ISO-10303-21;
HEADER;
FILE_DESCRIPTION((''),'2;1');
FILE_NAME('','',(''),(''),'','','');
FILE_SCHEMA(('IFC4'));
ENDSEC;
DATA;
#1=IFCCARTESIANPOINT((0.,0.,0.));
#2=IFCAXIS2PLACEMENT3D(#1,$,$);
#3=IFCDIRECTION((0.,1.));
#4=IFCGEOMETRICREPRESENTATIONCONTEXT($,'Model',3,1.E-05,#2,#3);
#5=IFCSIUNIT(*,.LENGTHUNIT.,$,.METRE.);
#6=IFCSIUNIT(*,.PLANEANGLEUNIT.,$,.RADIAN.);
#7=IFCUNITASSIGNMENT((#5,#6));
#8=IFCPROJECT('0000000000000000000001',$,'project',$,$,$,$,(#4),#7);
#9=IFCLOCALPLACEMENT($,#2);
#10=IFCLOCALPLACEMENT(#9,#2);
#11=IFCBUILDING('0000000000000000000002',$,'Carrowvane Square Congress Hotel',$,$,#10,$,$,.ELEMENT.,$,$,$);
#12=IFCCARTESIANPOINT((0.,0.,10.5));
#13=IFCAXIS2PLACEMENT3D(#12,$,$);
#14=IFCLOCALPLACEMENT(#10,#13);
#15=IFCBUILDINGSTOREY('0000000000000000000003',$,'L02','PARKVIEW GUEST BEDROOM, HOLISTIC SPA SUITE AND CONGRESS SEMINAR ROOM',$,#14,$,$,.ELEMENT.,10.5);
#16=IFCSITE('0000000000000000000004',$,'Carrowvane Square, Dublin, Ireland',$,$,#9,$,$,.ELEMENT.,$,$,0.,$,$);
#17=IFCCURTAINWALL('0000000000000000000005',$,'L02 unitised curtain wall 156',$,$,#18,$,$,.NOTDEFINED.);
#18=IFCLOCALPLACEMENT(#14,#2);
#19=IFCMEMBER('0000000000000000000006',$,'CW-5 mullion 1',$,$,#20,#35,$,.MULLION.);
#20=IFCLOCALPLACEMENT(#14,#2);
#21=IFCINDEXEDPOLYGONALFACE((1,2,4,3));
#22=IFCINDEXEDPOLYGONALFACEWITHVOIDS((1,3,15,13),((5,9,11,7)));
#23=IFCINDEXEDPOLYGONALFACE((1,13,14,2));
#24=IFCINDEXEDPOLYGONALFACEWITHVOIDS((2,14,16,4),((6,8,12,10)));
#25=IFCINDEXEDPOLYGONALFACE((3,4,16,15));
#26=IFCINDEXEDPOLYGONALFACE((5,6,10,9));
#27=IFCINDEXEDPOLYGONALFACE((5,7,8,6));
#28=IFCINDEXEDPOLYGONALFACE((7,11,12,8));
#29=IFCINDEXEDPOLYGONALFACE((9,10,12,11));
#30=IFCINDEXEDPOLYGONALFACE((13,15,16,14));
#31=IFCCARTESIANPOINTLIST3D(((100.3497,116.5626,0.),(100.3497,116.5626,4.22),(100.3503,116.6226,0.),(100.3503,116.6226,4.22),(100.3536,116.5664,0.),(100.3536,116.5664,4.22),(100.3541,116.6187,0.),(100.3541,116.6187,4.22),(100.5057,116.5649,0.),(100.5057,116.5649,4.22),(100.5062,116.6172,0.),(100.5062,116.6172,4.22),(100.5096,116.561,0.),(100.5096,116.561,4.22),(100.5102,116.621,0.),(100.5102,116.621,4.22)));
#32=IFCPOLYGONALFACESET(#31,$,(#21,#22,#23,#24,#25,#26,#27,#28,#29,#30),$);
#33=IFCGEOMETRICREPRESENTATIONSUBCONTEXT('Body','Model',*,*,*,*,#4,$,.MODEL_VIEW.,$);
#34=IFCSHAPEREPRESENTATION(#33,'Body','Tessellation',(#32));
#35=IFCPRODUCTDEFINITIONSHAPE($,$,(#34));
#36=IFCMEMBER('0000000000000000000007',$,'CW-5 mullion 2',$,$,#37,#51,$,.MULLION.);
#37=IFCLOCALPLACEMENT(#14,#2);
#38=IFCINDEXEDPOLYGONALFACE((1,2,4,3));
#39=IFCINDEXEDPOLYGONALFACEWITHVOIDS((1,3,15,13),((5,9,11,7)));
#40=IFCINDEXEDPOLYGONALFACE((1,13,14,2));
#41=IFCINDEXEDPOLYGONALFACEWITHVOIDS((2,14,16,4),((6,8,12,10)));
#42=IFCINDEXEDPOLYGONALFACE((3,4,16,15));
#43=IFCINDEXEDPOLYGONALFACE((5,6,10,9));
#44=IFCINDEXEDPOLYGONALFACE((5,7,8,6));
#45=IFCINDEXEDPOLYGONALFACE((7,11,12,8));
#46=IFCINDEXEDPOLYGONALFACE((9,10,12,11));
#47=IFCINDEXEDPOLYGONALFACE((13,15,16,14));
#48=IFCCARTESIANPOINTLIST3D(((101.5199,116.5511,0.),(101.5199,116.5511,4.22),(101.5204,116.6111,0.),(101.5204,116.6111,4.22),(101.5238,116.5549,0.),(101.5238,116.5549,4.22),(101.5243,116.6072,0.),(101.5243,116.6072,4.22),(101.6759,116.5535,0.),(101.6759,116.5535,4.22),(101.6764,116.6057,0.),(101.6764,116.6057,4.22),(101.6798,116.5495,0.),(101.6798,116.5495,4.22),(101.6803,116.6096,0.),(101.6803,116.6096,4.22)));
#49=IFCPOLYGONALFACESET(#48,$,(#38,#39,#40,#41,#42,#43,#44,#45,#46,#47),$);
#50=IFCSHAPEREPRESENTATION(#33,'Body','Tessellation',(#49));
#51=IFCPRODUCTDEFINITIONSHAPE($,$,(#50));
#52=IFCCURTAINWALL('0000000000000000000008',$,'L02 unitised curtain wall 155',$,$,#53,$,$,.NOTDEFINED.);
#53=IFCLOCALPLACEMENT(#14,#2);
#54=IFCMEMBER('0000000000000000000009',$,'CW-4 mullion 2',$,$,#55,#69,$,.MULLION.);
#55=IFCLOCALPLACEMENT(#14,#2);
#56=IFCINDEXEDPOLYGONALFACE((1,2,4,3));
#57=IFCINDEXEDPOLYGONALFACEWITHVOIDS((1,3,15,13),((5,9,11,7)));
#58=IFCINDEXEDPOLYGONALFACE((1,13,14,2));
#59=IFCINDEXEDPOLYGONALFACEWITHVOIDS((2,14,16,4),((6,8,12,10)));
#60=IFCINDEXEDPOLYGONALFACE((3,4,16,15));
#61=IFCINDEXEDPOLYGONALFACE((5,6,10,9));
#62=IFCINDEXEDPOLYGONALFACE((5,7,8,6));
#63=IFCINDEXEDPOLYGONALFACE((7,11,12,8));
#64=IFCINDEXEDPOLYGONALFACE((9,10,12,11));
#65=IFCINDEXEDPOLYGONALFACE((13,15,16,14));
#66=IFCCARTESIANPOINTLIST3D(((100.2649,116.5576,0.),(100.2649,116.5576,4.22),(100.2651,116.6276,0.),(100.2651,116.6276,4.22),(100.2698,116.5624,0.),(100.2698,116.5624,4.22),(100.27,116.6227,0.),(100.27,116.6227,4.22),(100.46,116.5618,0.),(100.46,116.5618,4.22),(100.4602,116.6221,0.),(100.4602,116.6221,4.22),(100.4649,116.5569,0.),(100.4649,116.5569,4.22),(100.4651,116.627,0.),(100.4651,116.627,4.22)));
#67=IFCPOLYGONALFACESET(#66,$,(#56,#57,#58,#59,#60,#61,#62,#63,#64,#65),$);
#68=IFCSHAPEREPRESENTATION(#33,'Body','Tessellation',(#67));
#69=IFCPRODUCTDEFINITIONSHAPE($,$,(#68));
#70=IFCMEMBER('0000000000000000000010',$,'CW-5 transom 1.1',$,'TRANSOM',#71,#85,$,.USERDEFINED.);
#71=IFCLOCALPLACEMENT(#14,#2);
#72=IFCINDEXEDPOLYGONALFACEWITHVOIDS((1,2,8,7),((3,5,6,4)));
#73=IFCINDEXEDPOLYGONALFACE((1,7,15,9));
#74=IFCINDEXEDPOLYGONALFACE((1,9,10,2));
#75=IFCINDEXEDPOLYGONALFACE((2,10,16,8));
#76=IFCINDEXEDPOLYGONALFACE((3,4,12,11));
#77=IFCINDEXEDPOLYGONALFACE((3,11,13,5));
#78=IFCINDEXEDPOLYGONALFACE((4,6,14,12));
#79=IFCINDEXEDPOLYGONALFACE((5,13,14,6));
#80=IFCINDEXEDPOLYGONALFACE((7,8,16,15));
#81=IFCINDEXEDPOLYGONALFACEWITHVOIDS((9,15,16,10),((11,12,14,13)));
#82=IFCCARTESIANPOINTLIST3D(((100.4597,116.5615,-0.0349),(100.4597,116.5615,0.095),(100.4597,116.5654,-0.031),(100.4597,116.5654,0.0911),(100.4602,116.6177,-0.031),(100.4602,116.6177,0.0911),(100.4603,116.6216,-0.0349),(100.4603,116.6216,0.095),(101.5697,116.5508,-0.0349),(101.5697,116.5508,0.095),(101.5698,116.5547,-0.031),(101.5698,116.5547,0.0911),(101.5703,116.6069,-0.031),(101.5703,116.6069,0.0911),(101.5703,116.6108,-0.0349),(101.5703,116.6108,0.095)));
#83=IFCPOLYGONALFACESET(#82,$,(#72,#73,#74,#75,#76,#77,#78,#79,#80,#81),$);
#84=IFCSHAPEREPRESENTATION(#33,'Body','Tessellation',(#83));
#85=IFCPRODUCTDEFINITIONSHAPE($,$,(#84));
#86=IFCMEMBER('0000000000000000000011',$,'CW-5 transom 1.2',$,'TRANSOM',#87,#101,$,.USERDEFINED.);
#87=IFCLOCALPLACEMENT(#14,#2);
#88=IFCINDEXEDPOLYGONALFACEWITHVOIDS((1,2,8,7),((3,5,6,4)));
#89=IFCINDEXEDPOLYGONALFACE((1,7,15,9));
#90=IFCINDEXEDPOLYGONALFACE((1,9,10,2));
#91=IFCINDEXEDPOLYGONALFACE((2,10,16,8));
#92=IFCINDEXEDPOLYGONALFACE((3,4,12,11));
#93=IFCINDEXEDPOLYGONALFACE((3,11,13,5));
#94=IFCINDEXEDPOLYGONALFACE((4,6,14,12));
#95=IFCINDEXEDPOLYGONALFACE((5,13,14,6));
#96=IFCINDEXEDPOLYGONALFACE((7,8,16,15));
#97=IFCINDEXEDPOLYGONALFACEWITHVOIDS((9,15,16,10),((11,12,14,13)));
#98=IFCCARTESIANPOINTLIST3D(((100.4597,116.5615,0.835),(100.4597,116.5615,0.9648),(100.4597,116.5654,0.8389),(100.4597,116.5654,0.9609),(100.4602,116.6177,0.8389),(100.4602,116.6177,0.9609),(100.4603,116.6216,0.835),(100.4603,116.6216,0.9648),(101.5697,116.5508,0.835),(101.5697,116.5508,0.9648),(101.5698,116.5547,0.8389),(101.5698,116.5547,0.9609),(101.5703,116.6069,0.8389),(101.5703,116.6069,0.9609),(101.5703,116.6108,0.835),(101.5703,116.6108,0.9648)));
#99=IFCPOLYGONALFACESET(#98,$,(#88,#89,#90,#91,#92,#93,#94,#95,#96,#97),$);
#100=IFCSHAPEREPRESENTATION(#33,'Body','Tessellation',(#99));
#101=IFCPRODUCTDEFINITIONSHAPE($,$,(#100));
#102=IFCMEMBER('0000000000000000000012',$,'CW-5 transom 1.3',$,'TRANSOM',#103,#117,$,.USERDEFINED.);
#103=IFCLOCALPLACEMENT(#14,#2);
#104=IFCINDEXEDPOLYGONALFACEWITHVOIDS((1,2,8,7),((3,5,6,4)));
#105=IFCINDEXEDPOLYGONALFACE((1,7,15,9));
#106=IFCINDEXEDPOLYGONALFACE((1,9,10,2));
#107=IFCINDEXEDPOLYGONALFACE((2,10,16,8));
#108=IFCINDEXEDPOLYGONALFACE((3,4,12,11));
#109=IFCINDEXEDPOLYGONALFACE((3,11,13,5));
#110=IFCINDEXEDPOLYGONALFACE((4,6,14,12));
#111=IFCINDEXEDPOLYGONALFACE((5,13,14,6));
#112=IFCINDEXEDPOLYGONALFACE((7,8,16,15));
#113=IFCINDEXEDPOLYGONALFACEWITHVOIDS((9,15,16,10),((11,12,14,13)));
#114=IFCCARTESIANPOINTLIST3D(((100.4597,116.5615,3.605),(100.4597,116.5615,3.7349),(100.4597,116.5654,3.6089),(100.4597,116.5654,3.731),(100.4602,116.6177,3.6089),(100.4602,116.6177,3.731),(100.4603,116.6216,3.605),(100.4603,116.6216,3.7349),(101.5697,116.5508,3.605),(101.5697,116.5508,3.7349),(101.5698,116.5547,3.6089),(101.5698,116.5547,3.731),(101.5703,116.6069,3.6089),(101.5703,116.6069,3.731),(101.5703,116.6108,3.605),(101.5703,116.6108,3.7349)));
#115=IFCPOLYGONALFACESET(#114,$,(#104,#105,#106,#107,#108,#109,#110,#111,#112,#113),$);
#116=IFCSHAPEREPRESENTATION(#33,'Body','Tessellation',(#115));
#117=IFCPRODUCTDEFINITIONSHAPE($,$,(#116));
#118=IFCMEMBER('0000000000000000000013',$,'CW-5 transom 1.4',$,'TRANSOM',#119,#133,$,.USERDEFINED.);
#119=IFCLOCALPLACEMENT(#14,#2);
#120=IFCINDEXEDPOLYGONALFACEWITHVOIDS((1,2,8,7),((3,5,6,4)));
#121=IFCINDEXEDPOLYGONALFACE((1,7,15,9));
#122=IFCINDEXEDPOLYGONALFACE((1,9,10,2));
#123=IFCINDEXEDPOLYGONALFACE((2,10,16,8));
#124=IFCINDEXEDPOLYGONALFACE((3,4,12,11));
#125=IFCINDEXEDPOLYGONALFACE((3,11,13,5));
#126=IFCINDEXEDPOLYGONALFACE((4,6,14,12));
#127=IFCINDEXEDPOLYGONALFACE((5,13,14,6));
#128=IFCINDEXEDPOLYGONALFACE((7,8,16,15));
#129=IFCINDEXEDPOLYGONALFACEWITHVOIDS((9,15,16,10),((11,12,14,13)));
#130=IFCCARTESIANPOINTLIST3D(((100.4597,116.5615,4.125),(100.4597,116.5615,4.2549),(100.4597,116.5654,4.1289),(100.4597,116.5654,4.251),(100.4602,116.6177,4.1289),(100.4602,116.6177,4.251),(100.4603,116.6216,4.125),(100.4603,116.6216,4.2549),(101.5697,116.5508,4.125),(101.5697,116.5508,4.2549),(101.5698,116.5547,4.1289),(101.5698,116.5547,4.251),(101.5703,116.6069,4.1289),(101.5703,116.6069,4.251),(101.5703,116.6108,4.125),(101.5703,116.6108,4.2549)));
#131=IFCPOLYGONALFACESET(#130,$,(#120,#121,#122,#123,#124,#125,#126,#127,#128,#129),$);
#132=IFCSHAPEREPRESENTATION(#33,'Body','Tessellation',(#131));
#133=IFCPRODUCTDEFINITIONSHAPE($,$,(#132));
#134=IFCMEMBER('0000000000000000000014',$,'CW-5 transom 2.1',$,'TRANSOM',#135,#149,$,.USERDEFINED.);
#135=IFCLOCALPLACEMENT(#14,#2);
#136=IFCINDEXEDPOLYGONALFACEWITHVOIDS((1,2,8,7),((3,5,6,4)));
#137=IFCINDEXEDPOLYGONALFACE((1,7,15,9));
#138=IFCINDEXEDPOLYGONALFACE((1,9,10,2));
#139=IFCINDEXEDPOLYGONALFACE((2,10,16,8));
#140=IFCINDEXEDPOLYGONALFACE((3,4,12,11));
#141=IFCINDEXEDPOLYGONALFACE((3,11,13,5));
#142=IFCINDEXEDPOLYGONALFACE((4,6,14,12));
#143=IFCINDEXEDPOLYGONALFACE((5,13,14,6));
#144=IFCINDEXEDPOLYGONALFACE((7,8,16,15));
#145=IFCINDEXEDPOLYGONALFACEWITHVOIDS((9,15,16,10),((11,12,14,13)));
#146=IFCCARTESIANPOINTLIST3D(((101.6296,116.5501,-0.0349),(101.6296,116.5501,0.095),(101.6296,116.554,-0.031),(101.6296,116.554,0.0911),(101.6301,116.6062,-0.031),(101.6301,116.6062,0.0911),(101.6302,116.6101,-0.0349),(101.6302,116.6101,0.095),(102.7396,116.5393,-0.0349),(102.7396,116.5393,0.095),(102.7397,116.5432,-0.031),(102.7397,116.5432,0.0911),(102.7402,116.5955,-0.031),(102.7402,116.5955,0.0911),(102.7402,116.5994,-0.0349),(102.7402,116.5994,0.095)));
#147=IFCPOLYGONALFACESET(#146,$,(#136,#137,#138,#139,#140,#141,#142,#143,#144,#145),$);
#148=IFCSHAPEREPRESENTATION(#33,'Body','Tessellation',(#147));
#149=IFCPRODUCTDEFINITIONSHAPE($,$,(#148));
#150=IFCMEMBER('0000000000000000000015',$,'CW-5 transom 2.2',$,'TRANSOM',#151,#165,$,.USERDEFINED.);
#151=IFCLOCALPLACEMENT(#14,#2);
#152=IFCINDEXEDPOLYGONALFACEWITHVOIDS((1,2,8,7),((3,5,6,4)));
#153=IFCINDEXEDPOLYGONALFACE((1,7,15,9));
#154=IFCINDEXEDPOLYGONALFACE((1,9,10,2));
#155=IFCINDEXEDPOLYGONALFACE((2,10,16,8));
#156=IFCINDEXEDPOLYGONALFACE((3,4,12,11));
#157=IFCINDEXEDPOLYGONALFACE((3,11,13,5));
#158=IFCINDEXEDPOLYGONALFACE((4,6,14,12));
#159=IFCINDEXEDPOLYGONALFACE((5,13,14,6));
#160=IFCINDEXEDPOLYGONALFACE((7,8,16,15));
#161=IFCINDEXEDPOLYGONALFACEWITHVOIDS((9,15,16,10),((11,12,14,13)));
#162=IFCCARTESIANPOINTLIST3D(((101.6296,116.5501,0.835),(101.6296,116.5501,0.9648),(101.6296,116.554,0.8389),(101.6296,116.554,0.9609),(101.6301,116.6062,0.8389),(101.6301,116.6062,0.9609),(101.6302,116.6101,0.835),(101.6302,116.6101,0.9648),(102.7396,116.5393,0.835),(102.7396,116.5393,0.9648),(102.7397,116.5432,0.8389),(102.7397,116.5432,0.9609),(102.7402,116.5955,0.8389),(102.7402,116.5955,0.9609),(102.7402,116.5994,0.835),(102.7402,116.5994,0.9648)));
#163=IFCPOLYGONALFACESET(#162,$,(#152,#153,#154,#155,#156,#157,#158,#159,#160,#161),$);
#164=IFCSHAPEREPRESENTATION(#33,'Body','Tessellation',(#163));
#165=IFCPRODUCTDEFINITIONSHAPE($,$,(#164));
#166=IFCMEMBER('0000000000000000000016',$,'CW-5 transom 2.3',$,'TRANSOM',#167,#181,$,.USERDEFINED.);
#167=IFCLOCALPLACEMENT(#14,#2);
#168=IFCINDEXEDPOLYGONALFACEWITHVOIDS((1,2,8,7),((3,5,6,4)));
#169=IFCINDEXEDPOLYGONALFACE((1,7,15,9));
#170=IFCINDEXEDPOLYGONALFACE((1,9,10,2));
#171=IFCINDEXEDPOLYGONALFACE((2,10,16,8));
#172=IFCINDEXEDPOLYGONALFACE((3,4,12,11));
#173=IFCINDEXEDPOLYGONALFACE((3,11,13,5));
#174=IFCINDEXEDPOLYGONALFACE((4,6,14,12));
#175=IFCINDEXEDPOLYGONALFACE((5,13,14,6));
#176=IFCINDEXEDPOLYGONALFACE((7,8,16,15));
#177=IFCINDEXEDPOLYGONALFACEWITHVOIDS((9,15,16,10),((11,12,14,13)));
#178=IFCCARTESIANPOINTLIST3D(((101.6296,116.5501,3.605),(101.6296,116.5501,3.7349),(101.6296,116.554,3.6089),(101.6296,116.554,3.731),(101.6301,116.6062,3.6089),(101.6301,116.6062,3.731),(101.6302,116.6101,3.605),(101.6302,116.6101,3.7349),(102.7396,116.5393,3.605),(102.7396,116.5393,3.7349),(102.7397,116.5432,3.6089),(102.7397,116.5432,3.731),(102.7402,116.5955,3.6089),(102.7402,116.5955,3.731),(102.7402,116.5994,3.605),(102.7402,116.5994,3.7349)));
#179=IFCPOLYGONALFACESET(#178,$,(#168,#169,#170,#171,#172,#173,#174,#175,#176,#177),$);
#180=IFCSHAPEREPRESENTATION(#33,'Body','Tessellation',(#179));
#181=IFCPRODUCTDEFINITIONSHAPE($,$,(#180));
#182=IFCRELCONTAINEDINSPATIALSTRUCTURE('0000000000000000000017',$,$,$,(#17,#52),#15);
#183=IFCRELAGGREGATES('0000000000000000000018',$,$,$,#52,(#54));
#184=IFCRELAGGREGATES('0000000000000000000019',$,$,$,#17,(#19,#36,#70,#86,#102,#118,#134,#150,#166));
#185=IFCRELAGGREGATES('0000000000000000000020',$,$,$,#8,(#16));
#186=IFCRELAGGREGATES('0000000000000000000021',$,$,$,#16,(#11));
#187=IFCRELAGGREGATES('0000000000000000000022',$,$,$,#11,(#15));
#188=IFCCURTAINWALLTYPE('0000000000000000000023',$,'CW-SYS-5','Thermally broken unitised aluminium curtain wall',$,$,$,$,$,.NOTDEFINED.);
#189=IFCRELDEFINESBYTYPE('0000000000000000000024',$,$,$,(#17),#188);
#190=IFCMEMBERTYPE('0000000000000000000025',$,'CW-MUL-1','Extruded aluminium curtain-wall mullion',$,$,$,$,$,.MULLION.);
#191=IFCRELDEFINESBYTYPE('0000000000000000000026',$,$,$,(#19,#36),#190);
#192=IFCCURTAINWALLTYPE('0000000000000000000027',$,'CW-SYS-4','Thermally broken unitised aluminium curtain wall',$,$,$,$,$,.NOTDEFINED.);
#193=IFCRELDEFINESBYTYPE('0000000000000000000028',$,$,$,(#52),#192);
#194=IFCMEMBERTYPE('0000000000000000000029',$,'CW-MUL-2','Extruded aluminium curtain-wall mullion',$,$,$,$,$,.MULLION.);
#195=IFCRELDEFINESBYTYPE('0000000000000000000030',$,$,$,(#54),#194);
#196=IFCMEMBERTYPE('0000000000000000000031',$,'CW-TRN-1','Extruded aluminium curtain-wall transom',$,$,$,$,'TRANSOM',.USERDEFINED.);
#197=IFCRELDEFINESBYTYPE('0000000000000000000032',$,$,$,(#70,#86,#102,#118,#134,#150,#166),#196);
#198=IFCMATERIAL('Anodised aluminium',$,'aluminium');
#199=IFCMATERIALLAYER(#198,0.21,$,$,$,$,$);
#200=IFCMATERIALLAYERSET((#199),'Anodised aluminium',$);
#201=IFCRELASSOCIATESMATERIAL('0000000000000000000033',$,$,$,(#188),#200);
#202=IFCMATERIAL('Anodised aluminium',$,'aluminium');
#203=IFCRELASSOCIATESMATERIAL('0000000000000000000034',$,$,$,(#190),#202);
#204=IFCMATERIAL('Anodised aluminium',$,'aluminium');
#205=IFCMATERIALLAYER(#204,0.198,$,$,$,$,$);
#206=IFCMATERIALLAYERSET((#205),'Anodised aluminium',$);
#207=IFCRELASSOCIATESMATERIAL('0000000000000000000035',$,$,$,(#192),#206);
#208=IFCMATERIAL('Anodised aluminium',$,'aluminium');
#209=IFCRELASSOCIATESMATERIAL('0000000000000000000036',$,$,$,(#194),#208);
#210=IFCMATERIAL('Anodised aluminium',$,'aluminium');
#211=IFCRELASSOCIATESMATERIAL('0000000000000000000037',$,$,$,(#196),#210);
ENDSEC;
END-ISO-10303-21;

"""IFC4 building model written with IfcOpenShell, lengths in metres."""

from ifc_helpers import new_model, si_unit, direction, frame, origin, origin_2d, place, context, subcontext, project, spatial, hollow_rectangle, extrude, material, layer, layer_set, material_profile, profile_set, type_object, element, aggregate, save


model = new_model("IFC4")

# Units and contexts
model_context = context("Model", 3, precision=1e-05, world=origin(), true_north=direction((0.0, 1.0)))
body_context = subcontext(model_context, "Body", "Model", "MODEL_VIEW")
ifc_project = project(units=[si_unit("LENGTHUNIT", "METRE"), si_unit("PLANEANGLEUNIT", "RADIAN")], contexts=[model_context])

# Site, building, storey
site_placement = place(None, origin())
site = spatial("IfcSite", under=ifc_project, at=site_placement, Name="Carrowvane Square, Dublin, Ireland", CompositionType="ELEMENT", RefElevation=0.0)
building_placement = place(site_placement, origin())
building = spatial("IfcBuilding", under=site, at=building_placement, Name="Carrowvane Square Congress Hotel", CompositionType="ELEMENT")
storey_placement = place(building_placement, frame((0.0, 0.0, 10.5)))
storey = spatial("IfcBuildingStorey", under=building, at=storey_placement, Name="L02", Description="PARKVIEW GUEST BEDROOM, HOLISTIC SPA SUITE AND CONGRESS SEMINAR ROOM", CompositionType="ELEMENT", Elevation=10.5)

# Curtain wall, members
ifc_material_1 = material(Name="Anodised aluminium", Category="aluminium")
ifc_layer_1 = layer(ifc_material_1, 0.21)
ifc_layer_set_1 = layer_set([ifc_layer_1], Name="Anodised aluminium")
curtain_wall_type_1 = type_object("IfcCurtainWallType", Name="CW-SYS-5", Description="Thermally broken unitised aluminium curtain wall", PredefinedType="NOTDEFINED", material=ifc_layer_set_1)
curtain_wall_1_placement = place(storey_placement, origin())
curtain_wall_1 = element("IfcCurtainWall", 1, at=curtain_wall_1_placement, inside=storey, type_object=curtain_wall_type_1, Name="L02 unitised curtain wall 156", PredefinedType="NOTDEFINED")
ifc_material_2 = material(Name="Anodised aluminium", Category="aluminium")
ifc_material_profile_1 = material_profile(ifc_material_2, hollow_rectangle(XDim=0.0601, YDim=0.1599, WallThickness=0.0039, at=origin_2d()), Name="CW-ML 60x160x4")
ifc_profile_set_1 = profile_set([ifc_material_profile_1], Name="Anodised aluminium")
member_type_1 = type_object("IfcMemberType", Name="CW-MUL-1", Description="Extruded aluminium curtain-wall mullion", PredefinedType="MULLION", material=ifc_profile_set_1)
member_1_placement = place(storey_placement, frame((100.4299, 116.5918, 0.0), z_axis=(0.0, 0.0, 1.0), x_axis=(0.009783, 0.999952, 0.0)))
member_1 = element("IfcMember", 2, at=member_1_placement, type_object=member_type_1, Name="CW-5 mullion 1", PredefinedType="MULLION", context=body_context, shape_type="SweptSolid", body=[
    extrude(hollow_rectangle(XDim=0.0601, YDim=0.1599, WallThickness=0.0039, at=origin_2d()), origin(), (0.0, 0.0, 1.0), 4.22),
])
member_2_placement = place(storey_placement, frame((101.6001, 116.5803, 0.0), z_axis=(0.0, 0.0, 1.0), x_axis=(0.009783, 0.999952, 0.0)))
member_2 = element("IfcMember", 3, at=member_2_placement, type_object=member_type_1, Name="CW-5 mullion 2", PredefinedType="MULLION", context=body_context, shape_type="SweptSolid", body=[
    extrude(hollow_rectangle(XDim=0.0601, YDim=0.1599, WallThickness=0.0039, at=origin_2d()), origin(), (0.0, 0.0, 1.0), 4.22),
])

# Curtain wall, member
ifc_material_3 = material(Name="Anodised aluminium", Category="aluminium")
ifc_layer_2 = layer(ifc_material_3, 0.198)
ifc_layer_set_2 = layer_set([ifc_layer_2], Name="Anodised aluminium")
curtain_wall_type_2 = type_object("IfcCurtainWallType", Name="CW-SYS-4", Description="Thermally broken unitised aluminium curtain wall", PredefinedType="NOTDEFINED", material=ifc_layer_set_2)
curtain_wall_2_placement = place(storey_placement, origin())
curtain_wall_2 = element("IfcCurtainWall", 4, at=curtain_wall_2_placement, inside=storey, type_object=curtain_wall_type_2, Name="L02 unitised curtain wall 155", PredefinedType="NOTDEFINED")
ifc_material_4 = material(Name="Anodised aluminium", Category="aluminium")
ifc_material_profile_2 = material_profile(ifc_material_4, hollow_rectangle(XDim=0.0701, YDim=0.2, WallThickness=0.0049, at=origin_2d()), Name="CW-ML 70x200x5")
ifc_profile_set_2 = profile_set([ifc_material_profile_2], Name="Anodised aluminium")
member_type_2 = type_object("IfcMemberType", Name="CW-MUL-2", Description="Extruded aluminium curtain-wall mullion", PredefinedType="MULLION", material=ifc_profile_set_2)
member_3_placement = place(storey_placement, frame((100.365, 116.5923, 0.0), z_axis=(0.0, 0.0, 1.0), x_axis=(0.00327, 0.999995, 0.0)))
member_3 = element("IfcMember", 5, at=member_3_placement, type_object=member_type_2, Name="CW-4 mullion 2", PredefinedType="MULLION", context=body_context, shape_type="SweptSolid", body=[
    extrude(hollow_rectangle(XDim=0.0701, YDim=0.2, WallThickness=0.0049, at=origin_2d()), origin(), (0.0, 0.0, 1.0), 4.22),
])

# Members
ifc_material_5 = material(Name="Anodised aluminium", Category="aluminium")
ifc_material_profile_3 = material_profile(ifc_material_5, hollow_rectangle(XDim=0.0601, YDim=0.1299, WallThickness=0.0039, at=origin_2d()), Name="CW-TR 60x130x4")
ifc_profile_set_3 = profile_set([ifc_material_profile_3], Name="Anodised aluminium")
member_type_3 = type_object("IfcMemberType", Name="CW-TRN-1", Description="Extruded aluminium curtain-wall transom", ElementType="TRANSOM", PredefinedType="USERDEFINED", material=ifc_profile_set_3)
member_4_placement = place(storey_placement, frame((100.46, 116.5916, 0.03), z_axis=(0.999953, -0.009676, 0.0), x_axis=(0.009676, 0.999953, 0.0)))
member_4 = element("IfcMember", 6, at=member_4_placement, type_object=member_type_3, Name="CW-5 transom 1.1", ObjectType="TRANSOM", PredefinedType="USERDEFINED", context=body_context, shape_type="SweptSolid", body=[
    extrude(hollow_rectangle(XDim=0.0601, YDim=0.1299, WallThickness=0.0039, at=origin_2d()), origin(), (0.0, 0.0, 1.0), 1.1101),
])
member_5_placement = place(storey_placement, frame((100.46, 116.5916, 0.8999), z_axis=(0.999953, -0.009676, 0.0), x_axis=(0.009676, 0.999953, 0.0)))
member_5 = element("IfcMember", 7, at=member_5_placement, type_object=member_type_3, Name="CW-5 transom 1.2", ObjectType="TRANSOM", PredefinedType="USERDEFINED", context=body_context, shape_type="SweptSolid", body=[
    extrude(hollow_rectangle(XDim=0.0601, YDim=0.1299, WallThickness=0.0039, at=origin_2d()), origin(), (0.0, 0.0, 1.0), 1.1101),
])
member_6_placement = place(storey_placement, frame((100.46, 116.5916, 3.6699), z_axis=(0.999953, -0.009676, 0.0), x_axis=(0.009676, 0.999953, 0.0)))
member_6 = element("IfcMember", 8, at=member_6_placement, type_object=member_type_3, Name="CW-5 transom 1.3", ObjectType="TRANSOM", PredefinedType="USERDEFINED", context=body_context, shape_type="SweptSolid", body=[
    extrude(hollow_rectangle(XDim=0.0601, YDim=0.1299, WallThickness=0.0039, at=origin_2d()), origin(), (0.0, 0.0, 1.0), 1.1101),
])
member_7_placement = place(storey_placement, frame((100.46, 116.5916, 4.1899), z_axis=(0.999953, -0.009676, 0.0), x_axis=(0.009676, 0.999953, 0.0)))
member_7 = element("IfcMember", 9, at=member_7_placement, type_object=member_type_3, Name="CW-5 transom 1.4", ObjectType="TRANSOM", PredefinedType="USERDEFINED", context=body_context, shape_type="SweptSolid", body=[
    extrude(hollow_rectangle(XDim=0.0601, YDim=0.1299, WallThickness=0.0039, at=origin_2d()), origin(), (0.0, 0.0, 1.0), 1.1101),
])
member_8_placement = place(storey_placement, frame((101.6299, 116.5801, 0.03), z_axis=(0.999953, -0.009676, 0.0), x_axis=(0.009676, 0.999953, 0.0)))
member_8 = element("IfcMember", 10, at=member_8_placement, type_object=member_type_3, Name="CW-5 transom 2.1", ObjectType="TRANSOM", PredefinedType="USERDEFINED", context=body_context, shape_type="SweptSolid", body=[
    extrude(hollow_rectangle(XDim=0.0601, YDim=0.1299, WallThickness=0.0039, at=origin_2d()), origin(), (0.0, 0.0, 1.0), 1.1101),
])
member_9_placement = place(storey_placement, frame((101.6299, 116.5801, 0.8999), z_axis=(0.999953, -0.009676, 0.0), x_axis=(0.009676, 0.999953, 0.0)))
member_9 = element("IfcMember", 11, at=member_9_placement, type_object=member_type_3, Name="CW-5 transom 2.2", ObjectType="TRANSOM", PredefinedType="USERDEFINED", context=body_context, shape_type="SweptSolid", body=[
    extrude(hollow_rectangle(XDim=0.0601, YDim=0.1299, WallThickness=0.0039, at=origin_2d()), origin(), (0.0, 0.0, 1.0), 1.1101),
])
member_10_placement = place(storey_placement, frame((101.6299, 116.5801, 3.6699), z_axis=(0.999953, -0.009676, 0.0), x_axis=(0.009676, 0.999953, 0.0)))
member_10 = element("IfcMember", 12, at=member_10_placement, type_object=member_type_3, Name="CW-5 transom 2.3", ObjectType="TRANSOM", PredefinedType="USERDEFINED", context=body_context, shape_type="SweptSolid", body=[
    extrude(hollow_rectangle(XDim=0.0601, YDim=0.1299, WallThickness=0.0039, at=origin_2d()), origin(), (0.0, 0.0, 1.0), 1.1101),
])

aggregate(curtain_wall_2, [member_3])
aggregate(curtain_wall_1, [member_1, member_2, member_4, member_5, member_6, member_7, member_8, member_9, member_10])

save(model, "model.ifc")
